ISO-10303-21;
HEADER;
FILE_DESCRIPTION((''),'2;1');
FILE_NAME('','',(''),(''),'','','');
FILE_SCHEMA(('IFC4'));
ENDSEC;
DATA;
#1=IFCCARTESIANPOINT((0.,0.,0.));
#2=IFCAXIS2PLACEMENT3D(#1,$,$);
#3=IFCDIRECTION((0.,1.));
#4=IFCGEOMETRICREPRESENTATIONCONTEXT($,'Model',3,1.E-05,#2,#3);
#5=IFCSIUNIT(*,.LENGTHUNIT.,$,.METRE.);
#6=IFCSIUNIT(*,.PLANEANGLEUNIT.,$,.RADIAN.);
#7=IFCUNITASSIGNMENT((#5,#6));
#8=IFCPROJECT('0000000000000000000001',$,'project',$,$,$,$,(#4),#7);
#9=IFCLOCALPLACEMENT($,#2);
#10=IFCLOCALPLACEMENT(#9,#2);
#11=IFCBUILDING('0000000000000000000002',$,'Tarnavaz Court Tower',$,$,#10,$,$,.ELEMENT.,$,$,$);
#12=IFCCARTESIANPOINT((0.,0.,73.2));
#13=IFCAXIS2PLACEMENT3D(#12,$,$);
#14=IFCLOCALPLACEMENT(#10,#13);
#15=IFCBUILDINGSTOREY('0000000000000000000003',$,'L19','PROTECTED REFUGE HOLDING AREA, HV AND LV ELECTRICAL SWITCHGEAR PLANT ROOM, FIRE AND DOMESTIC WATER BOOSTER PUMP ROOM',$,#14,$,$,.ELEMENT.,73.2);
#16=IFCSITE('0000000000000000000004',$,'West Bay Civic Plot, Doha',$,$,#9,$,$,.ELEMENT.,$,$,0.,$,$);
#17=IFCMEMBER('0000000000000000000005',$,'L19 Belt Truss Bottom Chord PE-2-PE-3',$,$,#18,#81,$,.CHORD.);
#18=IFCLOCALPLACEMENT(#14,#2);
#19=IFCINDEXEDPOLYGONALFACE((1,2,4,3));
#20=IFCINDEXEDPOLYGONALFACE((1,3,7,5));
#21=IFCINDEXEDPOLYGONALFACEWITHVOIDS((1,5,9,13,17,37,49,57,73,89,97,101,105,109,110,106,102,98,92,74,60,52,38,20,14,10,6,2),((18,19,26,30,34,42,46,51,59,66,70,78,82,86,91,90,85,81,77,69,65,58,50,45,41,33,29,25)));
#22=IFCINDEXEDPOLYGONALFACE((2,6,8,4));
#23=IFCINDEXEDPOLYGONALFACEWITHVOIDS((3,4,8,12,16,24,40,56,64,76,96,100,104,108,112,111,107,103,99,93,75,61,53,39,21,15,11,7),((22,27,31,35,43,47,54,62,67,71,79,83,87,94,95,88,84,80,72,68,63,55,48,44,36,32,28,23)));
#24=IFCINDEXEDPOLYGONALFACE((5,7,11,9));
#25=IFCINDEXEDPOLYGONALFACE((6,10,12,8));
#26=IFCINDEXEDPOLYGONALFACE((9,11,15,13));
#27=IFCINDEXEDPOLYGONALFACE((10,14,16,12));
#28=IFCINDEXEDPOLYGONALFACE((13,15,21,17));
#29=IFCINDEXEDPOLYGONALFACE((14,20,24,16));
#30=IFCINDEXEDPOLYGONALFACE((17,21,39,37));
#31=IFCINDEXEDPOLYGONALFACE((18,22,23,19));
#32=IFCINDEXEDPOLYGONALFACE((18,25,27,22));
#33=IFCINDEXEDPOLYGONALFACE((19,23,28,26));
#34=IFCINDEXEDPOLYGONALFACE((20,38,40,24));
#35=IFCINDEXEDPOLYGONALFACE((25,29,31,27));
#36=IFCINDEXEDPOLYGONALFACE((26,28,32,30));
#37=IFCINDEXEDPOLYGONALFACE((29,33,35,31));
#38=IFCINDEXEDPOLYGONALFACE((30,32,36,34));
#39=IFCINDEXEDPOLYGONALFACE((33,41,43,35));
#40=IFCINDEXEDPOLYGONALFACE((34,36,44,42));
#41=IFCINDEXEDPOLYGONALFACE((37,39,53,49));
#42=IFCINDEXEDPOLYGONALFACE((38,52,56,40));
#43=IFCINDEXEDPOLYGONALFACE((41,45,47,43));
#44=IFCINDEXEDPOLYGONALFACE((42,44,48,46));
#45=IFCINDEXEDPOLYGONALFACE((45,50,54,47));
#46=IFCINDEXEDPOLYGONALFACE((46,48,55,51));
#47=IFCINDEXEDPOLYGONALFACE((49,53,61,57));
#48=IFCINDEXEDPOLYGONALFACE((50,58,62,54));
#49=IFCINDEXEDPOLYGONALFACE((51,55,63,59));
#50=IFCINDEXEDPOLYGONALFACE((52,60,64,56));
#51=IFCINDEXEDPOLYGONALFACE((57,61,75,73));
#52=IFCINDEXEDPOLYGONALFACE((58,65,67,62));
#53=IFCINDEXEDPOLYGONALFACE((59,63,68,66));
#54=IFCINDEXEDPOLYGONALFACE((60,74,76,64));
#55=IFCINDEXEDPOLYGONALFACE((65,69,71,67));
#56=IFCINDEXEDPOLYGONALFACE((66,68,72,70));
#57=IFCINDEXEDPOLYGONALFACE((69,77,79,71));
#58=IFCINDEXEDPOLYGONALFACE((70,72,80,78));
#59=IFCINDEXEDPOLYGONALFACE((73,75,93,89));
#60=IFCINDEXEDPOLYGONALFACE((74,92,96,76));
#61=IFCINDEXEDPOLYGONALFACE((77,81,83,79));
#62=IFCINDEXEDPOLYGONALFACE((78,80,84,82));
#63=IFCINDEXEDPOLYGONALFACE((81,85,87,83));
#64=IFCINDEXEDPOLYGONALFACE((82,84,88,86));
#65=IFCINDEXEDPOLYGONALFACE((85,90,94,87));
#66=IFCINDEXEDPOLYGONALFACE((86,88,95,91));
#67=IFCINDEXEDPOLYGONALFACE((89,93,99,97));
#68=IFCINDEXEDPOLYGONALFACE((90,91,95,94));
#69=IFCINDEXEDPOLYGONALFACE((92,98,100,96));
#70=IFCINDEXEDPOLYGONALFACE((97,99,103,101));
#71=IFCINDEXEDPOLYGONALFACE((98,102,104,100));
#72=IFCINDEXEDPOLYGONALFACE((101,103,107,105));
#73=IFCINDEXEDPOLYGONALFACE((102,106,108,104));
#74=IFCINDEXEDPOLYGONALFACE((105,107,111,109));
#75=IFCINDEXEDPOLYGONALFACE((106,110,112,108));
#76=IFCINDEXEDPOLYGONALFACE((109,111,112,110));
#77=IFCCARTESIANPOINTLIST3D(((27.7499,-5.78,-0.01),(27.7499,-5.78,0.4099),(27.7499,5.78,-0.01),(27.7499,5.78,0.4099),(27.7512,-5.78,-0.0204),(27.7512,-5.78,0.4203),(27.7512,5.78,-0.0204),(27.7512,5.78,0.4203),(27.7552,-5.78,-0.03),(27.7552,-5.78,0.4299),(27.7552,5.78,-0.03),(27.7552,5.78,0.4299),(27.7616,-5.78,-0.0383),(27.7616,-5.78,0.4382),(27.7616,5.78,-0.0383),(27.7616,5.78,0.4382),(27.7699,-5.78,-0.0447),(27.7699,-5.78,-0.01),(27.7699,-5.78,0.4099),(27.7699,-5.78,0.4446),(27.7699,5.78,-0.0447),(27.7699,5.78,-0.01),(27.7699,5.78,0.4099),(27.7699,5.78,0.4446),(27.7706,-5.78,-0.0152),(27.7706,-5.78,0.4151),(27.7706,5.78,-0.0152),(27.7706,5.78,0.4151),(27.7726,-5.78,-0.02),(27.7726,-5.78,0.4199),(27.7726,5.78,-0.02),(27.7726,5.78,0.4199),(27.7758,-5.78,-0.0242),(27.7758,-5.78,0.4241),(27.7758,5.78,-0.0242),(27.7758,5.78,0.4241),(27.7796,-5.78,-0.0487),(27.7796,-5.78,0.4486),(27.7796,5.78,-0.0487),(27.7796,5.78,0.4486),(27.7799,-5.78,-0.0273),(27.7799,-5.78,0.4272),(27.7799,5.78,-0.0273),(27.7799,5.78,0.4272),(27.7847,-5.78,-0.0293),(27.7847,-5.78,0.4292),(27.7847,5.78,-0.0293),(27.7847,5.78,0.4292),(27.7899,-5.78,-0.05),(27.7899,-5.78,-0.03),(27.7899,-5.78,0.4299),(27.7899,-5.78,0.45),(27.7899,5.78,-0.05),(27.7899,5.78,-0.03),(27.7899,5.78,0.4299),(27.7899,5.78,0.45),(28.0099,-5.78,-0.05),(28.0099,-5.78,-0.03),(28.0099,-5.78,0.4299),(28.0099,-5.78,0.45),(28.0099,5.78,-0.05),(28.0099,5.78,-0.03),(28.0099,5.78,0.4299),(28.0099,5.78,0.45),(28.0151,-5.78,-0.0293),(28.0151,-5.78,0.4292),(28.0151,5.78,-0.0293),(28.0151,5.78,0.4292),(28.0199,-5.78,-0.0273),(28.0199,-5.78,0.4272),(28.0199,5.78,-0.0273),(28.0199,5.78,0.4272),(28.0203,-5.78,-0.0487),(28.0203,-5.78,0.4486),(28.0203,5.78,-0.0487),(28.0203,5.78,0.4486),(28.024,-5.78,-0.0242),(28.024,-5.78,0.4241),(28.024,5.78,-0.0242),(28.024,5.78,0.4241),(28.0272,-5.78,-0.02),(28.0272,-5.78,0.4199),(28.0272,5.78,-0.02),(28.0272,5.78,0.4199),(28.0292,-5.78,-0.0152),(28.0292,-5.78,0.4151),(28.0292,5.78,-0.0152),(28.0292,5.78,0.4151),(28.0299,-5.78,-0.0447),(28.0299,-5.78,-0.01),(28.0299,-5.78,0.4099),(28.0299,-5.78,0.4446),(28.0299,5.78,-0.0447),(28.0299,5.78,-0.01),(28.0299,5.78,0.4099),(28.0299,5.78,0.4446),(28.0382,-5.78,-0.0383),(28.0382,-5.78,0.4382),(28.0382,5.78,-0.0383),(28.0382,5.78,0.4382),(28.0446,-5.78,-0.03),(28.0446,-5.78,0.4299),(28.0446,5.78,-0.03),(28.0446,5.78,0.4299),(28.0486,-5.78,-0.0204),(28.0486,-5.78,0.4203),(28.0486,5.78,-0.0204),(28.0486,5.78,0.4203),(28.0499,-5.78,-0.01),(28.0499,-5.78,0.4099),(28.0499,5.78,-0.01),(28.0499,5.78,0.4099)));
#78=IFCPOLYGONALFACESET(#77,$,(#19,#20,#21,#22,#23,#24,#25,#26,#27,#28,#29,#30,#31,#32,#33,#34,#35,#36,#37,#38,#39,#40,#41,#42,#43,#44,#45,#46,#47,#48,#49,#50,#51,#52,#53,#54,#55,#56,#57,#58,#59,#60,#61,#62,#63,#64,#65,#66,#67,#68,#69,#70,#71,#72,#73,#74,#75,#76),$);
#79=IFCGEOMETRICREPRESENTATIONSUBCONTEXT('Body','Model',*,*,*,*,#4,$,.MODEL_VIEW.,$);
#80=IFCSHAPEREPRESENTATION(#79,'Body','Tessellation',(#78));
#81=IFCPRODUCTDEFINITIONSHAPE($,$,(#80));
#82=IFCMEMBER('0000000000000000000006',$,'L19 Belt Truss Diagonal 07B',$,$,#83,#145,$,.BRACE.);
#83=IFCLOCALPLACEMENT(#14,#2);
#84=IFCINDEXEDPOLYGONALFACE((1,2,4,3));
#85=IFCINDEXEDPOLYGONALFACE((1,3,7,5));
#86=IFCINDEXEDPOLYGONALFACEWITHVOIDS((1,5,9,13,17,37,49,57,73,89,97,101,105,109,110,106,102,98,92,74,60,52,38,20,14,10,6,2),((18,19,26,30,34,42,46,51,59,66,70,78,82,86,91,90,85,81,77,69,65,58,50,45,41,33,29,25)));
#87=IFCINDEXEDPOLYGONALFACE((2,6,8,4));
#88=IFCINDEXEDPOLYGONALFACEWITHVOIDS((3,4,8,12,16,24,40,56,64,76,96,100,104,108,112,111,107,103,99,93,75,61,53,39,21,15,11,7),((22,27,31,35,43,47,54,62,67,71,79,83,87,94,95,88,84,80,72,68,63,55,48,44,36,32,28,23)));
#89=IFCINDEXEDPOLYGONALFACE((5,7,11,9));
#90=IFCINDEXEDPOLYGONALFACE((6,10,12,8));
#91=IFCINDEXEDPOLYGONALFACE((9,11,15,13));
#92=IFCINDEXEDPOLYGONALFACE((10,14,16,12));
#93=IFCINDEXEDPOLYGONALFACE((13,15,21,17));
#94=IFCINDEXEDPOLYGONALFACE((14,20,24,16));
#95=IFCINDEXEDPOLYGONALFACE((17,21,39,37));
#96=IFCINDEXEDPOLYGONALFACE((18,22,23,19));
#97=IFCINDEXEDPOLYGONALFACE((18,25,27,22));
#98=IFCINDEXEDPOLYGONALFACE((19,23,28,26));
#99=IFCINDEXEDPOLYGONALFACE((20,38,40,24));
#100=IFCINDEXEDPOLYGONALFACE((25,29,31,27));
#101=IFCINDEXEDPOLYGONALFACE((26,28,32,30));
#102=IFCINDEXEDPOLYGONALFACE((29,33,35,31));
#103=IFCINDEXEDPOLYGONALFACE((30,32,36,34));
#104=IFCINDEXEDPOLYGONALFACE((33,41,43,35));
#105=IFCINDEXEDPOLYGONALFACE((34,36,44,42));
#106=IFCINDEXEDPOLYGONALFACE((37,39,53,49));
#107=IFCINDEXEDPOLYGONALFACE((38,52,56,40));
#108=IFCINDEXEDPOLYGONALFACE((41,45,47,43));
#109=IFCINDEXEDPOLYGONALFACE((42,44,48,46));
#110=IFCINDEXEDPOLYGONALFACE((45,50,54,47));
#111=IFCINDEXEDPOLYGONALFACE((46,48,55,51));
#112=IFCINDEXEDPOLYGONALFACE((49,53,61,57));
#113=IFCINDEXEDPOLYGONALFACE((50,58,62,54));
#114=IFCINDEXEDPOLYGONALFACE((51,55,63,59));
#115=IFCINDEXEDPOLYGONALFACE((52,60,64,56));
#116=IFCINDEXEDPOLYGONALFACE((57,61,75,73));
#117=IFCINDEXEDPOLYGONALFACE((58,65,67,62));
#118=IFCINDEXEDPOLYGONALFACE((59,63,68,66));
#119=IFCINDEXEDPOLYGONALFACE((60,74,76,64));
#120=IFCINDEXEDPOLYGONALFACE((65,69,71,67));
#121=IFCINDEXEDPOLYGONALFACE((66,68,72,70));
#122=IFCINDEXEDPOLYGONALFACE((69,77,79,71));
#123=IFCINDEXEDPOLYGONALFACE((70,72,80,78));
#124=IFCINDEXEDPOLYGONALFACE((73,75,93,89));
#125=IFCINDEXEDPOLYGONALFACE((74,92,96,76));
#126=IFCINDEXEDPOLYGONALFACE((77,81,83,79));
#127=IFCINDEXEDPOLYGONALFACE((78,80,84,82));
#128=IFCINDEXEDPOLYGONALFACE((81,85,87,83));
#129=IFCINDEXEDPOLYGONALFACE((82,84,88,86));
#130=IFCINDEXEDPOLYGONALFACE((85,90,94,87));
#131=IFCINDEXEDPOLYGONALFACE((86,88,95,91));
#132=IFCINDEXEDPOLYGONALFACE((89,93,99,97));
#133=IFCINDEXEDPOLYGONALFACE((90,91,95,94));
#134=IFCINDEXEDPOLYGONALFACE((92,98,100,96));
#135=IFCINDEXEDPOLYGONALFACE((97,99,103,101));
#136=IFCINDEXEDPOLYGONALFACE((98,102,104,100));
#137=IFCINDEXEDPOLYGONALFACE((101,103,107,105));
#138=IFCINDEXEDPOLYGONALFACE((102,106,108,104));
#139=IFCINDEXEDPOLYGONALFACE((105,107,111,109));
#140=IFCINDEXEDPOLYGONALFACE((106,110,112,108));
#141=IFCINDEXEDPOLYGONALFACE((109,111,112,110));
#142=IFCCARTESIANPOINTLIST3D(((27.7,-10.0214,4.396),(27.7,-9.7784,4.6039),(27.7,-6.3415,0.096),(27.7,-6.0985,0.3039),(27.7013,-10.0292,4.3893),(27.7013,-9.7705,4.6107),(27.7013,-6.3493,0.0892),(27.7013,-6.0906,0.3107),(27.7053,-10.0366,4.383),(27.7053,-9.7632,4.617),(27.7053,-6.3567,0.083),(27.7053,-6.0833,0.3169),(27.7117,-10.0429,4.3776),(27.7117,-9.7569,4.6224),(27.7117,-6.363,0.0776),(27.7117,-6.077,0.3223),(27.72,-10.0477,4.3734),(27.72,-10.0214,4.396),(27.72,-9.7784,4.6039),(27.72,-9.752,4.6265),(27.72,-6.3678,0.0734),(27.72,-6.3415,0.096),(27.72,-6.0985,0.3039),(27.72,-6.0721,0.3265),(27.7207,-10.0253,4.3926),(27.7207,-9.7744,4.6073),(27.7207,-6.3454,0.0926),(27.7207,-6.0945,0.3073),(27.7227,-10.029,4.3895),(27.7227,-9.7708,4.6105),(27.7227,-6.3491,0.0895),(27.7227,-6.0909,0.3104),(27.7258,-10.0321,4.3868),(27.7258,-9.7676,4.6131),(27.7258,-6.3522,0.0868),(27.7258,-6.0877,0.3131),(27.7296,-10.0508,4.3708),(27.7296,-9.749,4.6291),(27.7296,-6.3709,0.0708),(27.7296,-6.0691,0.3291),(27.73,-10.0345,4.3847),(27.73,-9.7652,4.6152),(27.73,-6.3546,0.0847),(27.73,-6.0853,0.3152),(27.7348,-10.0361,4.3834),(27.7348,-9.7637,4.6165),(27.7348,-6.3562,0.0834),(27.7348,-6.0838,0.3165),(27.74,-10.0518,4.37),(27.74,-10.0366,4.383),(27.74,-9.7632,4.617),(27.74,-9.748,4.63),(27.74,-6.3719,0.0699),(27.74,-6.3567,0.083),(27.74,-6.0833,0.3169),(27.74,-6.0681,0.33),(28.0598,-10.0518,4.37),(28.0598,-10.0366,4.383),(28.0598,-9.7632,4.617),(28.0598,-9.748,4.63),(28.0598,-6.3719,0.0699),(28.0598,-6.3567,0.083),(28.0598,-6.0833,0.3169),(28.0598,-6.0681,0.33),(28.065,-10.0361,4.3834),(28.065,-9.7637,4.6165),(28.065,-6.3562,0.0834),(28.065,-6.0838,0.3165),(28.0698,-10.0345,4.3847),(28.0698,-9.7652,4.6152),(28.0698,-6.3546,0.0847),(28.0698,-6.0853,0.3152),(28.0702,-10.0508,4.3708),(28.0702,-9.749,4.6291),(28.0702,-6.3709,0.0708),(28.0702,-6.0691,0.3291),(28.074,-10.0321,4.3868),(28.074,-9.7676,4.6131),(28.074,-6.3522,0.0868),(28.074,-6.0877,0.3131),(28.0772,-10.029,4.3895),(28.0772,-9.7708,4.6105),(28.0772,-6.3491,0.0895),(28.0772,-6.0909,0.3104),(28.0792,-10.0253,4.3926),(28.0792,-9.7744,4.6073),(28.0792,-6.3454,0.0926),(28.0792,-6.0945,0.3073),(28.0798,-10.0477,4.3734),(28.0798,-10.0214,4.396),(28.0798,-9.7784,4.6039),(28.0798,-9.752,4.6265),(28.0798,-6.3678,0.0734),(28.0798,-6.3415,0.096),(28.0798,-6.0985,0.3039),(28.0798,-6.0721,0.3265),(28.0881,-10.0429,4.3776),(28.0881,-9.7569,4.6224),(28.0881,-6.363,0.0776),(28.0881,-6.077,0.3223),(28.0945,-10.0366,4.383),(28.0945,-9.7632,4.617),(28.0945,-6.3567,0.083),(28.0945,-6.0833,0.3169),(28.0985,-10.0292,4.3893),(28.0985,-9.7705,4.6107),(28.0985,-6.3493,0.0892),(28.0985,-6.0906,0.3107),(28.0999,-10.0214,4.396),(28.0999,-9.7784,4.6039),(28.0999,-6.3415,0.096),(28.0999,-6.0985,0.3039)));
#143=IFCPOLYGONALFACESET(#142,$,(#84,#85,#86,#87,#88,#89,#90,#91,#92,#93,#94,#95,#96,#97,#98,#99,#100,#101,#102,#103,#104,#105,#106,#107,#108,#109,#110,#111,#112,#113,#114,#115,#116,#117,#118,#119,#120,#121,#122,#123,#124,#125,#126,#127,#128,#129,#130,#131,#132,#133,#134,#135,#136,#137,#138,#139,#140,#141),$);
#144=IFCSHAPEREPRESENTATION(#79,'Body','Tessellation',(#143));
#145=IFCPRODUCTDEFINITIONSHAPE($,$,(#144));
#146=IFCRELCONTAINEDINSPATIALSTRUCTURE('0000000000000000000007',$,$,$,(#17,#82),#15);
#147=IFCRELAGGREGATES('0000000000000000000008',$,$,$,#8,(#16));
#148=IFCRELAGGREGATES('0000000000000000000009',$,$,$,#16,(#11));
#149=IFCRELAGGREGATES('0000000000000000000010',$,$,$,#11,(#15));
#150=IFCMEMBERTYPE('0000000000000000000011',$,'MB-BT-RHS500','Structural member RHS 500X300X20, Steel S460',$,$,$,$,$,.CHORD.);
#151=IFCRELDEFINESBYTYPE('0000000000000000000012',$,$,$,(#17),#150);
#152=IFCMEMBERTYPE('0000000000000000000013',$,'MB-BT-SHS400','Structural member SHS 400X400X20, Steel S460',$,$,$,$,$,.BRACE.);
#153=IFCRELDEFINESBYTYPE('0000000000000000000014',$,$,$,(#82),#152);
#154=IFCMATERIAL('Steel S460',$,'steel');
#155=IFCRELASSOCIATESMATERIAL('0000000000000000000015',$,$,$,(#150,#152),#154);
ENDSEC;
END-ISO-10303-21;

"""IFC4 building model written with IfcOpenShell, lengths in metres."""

from ifc_helpers import new_model, si_unit, direction, frame, origin, origin_2d, place, context, subcontext, project, spatial, hollow_rectangle, extrude, material, material_profile, profile_set, type_object, element, save


model = new_model("IFC4")

# Units and contexts
model_context = context("Model", 3, precision=1e-05, world=origin(), true_north=direction((0.0, 1.0)))
body_context = subcontext(model_context, "Body", "Model", "MODEL_VIEW")
ifc_project = project(units=[si_unit("LENGTHUNIT", "METRE"), si_unit("PLANEANGLEUNIT", "RADIAN")], contexts=[model_context])

# Site, building, storey
site_placement = place(None, origin())
site = spatial("IfcSite", under=ifc_project, at=site_placement, Name="West Bay Civic Plot, Doha", CompositionType="ELEMENT", RefElevation=0.0)
building_placement = place(site_placement, origin())
building = spatial("IfcBuilding", under=site, at=building_placement, Name="Tarnavaz Court Tower", CompositionType="ELEMENT")
storey_placement = place(building_placement, frame((0.0, 0.0, 73.2)))
storey = spatial("IfcBuildingStorey", under=building, at=storey_placement, Name="L19", Description="PROTECTED REFUGE HOLDING AREA, HV AND LV ELECTRICAL SWITCHGEAR PLANT ROOM, FIRE AND DOMESTIC WATER BOOSTER PUMP ROOM", CompositionType="ELEMENT", Elevation=73.2)

# Shared definitions
ifc_material_1 = material(Name="Steel S460", Category="steel")

# Members
ifc_material_profile_1 = material_profile(ifc_material_1, hollow_rectangle(XDim=0.3, YDim=0.5, WallThickness=0.02, InnerFilletRadius=0.02, OuterFilletRadius=0.04, at=origin_2d()), Name="RHS 500X300X20")
ifc_profile_set_1 = profile_set([ifc_material_profile_1], Name="Steel S460")
member_type_1 = type_object("IfcMemberType", Name="MB-BT-RHS500", Description="Structural member RHS 500X300X20, Steel S460", PredefinedType="CHORD", material=ifc_profile_set_1)
member_1_placement = place(storey_placement, frame((27.8999, -5.78, 0.2), z_axis=(0.0, 1.0, 0.0), x_axis=(-1.0, 0.0, 0.0)))
element("IfcMember", 1, at=member_1_placement, inside=storey, type_object=member_type_1, Name="L19 Belt Truss Bottom Chord PE-2-PE-3", PredefinedType="CHORD", context=body_context, shape_type="SweptSolid", body=[
    extrude(hollow_rectangle(XDim=0.3, YDim=0.5, WallThickness=0.02, InnerFilletRadius=0.02, OuterFilletRadius=0.04, at=origin_2d()), origin(), (0.0, 0.0, 1.0), 11.5601),
])
ifc_material_profile_2 = material_profile(ifc_material_1, hollow_rectangle(XDim=0.3999, YDim=0.3999, WallThickness=0.02, InnerFilletRadius=0.02, OuterFilletRadius=0.04, at=origin_2d()), Name="SHS 400X400X20")
ifc_profile_set_2 = profile_set([ifc_material_profile_2], Name="Steel S460")
member_type_2 = type_object("IfcMemberType", Name="MB-BT-SHS400", Description="Structural member SHS 400X400X20, Steel S460", PredefinedType="BRACE", material=ifc_profile_set_2)
member_2_placement = place(storey_placement, frame((27.8999, -6.22, 0.2), z_axis=(0.0, -0.650198, 0.759765), x_axis=(1.0, 0.0, 0.0)))
element("IfcMember", 2, at=member_2_placement, inside=storey, type_object=member_type_2, Name="L19 Belt Truss Diagonal 07B", PredefinedType="BRACE", context=body_context, shape_type="SweptSolid", body=[
    extrude(hollow_rectangle(XDim=0.3999, YDim=0.3999, WallThickness=0.02, InnerFilletRadius=0.02, OuterFilletRadius=0.04, at=origin_2d()), origin(), (0.0, 0.0, 1.0), 5.6597),
])

save(model, "model.ifc")
